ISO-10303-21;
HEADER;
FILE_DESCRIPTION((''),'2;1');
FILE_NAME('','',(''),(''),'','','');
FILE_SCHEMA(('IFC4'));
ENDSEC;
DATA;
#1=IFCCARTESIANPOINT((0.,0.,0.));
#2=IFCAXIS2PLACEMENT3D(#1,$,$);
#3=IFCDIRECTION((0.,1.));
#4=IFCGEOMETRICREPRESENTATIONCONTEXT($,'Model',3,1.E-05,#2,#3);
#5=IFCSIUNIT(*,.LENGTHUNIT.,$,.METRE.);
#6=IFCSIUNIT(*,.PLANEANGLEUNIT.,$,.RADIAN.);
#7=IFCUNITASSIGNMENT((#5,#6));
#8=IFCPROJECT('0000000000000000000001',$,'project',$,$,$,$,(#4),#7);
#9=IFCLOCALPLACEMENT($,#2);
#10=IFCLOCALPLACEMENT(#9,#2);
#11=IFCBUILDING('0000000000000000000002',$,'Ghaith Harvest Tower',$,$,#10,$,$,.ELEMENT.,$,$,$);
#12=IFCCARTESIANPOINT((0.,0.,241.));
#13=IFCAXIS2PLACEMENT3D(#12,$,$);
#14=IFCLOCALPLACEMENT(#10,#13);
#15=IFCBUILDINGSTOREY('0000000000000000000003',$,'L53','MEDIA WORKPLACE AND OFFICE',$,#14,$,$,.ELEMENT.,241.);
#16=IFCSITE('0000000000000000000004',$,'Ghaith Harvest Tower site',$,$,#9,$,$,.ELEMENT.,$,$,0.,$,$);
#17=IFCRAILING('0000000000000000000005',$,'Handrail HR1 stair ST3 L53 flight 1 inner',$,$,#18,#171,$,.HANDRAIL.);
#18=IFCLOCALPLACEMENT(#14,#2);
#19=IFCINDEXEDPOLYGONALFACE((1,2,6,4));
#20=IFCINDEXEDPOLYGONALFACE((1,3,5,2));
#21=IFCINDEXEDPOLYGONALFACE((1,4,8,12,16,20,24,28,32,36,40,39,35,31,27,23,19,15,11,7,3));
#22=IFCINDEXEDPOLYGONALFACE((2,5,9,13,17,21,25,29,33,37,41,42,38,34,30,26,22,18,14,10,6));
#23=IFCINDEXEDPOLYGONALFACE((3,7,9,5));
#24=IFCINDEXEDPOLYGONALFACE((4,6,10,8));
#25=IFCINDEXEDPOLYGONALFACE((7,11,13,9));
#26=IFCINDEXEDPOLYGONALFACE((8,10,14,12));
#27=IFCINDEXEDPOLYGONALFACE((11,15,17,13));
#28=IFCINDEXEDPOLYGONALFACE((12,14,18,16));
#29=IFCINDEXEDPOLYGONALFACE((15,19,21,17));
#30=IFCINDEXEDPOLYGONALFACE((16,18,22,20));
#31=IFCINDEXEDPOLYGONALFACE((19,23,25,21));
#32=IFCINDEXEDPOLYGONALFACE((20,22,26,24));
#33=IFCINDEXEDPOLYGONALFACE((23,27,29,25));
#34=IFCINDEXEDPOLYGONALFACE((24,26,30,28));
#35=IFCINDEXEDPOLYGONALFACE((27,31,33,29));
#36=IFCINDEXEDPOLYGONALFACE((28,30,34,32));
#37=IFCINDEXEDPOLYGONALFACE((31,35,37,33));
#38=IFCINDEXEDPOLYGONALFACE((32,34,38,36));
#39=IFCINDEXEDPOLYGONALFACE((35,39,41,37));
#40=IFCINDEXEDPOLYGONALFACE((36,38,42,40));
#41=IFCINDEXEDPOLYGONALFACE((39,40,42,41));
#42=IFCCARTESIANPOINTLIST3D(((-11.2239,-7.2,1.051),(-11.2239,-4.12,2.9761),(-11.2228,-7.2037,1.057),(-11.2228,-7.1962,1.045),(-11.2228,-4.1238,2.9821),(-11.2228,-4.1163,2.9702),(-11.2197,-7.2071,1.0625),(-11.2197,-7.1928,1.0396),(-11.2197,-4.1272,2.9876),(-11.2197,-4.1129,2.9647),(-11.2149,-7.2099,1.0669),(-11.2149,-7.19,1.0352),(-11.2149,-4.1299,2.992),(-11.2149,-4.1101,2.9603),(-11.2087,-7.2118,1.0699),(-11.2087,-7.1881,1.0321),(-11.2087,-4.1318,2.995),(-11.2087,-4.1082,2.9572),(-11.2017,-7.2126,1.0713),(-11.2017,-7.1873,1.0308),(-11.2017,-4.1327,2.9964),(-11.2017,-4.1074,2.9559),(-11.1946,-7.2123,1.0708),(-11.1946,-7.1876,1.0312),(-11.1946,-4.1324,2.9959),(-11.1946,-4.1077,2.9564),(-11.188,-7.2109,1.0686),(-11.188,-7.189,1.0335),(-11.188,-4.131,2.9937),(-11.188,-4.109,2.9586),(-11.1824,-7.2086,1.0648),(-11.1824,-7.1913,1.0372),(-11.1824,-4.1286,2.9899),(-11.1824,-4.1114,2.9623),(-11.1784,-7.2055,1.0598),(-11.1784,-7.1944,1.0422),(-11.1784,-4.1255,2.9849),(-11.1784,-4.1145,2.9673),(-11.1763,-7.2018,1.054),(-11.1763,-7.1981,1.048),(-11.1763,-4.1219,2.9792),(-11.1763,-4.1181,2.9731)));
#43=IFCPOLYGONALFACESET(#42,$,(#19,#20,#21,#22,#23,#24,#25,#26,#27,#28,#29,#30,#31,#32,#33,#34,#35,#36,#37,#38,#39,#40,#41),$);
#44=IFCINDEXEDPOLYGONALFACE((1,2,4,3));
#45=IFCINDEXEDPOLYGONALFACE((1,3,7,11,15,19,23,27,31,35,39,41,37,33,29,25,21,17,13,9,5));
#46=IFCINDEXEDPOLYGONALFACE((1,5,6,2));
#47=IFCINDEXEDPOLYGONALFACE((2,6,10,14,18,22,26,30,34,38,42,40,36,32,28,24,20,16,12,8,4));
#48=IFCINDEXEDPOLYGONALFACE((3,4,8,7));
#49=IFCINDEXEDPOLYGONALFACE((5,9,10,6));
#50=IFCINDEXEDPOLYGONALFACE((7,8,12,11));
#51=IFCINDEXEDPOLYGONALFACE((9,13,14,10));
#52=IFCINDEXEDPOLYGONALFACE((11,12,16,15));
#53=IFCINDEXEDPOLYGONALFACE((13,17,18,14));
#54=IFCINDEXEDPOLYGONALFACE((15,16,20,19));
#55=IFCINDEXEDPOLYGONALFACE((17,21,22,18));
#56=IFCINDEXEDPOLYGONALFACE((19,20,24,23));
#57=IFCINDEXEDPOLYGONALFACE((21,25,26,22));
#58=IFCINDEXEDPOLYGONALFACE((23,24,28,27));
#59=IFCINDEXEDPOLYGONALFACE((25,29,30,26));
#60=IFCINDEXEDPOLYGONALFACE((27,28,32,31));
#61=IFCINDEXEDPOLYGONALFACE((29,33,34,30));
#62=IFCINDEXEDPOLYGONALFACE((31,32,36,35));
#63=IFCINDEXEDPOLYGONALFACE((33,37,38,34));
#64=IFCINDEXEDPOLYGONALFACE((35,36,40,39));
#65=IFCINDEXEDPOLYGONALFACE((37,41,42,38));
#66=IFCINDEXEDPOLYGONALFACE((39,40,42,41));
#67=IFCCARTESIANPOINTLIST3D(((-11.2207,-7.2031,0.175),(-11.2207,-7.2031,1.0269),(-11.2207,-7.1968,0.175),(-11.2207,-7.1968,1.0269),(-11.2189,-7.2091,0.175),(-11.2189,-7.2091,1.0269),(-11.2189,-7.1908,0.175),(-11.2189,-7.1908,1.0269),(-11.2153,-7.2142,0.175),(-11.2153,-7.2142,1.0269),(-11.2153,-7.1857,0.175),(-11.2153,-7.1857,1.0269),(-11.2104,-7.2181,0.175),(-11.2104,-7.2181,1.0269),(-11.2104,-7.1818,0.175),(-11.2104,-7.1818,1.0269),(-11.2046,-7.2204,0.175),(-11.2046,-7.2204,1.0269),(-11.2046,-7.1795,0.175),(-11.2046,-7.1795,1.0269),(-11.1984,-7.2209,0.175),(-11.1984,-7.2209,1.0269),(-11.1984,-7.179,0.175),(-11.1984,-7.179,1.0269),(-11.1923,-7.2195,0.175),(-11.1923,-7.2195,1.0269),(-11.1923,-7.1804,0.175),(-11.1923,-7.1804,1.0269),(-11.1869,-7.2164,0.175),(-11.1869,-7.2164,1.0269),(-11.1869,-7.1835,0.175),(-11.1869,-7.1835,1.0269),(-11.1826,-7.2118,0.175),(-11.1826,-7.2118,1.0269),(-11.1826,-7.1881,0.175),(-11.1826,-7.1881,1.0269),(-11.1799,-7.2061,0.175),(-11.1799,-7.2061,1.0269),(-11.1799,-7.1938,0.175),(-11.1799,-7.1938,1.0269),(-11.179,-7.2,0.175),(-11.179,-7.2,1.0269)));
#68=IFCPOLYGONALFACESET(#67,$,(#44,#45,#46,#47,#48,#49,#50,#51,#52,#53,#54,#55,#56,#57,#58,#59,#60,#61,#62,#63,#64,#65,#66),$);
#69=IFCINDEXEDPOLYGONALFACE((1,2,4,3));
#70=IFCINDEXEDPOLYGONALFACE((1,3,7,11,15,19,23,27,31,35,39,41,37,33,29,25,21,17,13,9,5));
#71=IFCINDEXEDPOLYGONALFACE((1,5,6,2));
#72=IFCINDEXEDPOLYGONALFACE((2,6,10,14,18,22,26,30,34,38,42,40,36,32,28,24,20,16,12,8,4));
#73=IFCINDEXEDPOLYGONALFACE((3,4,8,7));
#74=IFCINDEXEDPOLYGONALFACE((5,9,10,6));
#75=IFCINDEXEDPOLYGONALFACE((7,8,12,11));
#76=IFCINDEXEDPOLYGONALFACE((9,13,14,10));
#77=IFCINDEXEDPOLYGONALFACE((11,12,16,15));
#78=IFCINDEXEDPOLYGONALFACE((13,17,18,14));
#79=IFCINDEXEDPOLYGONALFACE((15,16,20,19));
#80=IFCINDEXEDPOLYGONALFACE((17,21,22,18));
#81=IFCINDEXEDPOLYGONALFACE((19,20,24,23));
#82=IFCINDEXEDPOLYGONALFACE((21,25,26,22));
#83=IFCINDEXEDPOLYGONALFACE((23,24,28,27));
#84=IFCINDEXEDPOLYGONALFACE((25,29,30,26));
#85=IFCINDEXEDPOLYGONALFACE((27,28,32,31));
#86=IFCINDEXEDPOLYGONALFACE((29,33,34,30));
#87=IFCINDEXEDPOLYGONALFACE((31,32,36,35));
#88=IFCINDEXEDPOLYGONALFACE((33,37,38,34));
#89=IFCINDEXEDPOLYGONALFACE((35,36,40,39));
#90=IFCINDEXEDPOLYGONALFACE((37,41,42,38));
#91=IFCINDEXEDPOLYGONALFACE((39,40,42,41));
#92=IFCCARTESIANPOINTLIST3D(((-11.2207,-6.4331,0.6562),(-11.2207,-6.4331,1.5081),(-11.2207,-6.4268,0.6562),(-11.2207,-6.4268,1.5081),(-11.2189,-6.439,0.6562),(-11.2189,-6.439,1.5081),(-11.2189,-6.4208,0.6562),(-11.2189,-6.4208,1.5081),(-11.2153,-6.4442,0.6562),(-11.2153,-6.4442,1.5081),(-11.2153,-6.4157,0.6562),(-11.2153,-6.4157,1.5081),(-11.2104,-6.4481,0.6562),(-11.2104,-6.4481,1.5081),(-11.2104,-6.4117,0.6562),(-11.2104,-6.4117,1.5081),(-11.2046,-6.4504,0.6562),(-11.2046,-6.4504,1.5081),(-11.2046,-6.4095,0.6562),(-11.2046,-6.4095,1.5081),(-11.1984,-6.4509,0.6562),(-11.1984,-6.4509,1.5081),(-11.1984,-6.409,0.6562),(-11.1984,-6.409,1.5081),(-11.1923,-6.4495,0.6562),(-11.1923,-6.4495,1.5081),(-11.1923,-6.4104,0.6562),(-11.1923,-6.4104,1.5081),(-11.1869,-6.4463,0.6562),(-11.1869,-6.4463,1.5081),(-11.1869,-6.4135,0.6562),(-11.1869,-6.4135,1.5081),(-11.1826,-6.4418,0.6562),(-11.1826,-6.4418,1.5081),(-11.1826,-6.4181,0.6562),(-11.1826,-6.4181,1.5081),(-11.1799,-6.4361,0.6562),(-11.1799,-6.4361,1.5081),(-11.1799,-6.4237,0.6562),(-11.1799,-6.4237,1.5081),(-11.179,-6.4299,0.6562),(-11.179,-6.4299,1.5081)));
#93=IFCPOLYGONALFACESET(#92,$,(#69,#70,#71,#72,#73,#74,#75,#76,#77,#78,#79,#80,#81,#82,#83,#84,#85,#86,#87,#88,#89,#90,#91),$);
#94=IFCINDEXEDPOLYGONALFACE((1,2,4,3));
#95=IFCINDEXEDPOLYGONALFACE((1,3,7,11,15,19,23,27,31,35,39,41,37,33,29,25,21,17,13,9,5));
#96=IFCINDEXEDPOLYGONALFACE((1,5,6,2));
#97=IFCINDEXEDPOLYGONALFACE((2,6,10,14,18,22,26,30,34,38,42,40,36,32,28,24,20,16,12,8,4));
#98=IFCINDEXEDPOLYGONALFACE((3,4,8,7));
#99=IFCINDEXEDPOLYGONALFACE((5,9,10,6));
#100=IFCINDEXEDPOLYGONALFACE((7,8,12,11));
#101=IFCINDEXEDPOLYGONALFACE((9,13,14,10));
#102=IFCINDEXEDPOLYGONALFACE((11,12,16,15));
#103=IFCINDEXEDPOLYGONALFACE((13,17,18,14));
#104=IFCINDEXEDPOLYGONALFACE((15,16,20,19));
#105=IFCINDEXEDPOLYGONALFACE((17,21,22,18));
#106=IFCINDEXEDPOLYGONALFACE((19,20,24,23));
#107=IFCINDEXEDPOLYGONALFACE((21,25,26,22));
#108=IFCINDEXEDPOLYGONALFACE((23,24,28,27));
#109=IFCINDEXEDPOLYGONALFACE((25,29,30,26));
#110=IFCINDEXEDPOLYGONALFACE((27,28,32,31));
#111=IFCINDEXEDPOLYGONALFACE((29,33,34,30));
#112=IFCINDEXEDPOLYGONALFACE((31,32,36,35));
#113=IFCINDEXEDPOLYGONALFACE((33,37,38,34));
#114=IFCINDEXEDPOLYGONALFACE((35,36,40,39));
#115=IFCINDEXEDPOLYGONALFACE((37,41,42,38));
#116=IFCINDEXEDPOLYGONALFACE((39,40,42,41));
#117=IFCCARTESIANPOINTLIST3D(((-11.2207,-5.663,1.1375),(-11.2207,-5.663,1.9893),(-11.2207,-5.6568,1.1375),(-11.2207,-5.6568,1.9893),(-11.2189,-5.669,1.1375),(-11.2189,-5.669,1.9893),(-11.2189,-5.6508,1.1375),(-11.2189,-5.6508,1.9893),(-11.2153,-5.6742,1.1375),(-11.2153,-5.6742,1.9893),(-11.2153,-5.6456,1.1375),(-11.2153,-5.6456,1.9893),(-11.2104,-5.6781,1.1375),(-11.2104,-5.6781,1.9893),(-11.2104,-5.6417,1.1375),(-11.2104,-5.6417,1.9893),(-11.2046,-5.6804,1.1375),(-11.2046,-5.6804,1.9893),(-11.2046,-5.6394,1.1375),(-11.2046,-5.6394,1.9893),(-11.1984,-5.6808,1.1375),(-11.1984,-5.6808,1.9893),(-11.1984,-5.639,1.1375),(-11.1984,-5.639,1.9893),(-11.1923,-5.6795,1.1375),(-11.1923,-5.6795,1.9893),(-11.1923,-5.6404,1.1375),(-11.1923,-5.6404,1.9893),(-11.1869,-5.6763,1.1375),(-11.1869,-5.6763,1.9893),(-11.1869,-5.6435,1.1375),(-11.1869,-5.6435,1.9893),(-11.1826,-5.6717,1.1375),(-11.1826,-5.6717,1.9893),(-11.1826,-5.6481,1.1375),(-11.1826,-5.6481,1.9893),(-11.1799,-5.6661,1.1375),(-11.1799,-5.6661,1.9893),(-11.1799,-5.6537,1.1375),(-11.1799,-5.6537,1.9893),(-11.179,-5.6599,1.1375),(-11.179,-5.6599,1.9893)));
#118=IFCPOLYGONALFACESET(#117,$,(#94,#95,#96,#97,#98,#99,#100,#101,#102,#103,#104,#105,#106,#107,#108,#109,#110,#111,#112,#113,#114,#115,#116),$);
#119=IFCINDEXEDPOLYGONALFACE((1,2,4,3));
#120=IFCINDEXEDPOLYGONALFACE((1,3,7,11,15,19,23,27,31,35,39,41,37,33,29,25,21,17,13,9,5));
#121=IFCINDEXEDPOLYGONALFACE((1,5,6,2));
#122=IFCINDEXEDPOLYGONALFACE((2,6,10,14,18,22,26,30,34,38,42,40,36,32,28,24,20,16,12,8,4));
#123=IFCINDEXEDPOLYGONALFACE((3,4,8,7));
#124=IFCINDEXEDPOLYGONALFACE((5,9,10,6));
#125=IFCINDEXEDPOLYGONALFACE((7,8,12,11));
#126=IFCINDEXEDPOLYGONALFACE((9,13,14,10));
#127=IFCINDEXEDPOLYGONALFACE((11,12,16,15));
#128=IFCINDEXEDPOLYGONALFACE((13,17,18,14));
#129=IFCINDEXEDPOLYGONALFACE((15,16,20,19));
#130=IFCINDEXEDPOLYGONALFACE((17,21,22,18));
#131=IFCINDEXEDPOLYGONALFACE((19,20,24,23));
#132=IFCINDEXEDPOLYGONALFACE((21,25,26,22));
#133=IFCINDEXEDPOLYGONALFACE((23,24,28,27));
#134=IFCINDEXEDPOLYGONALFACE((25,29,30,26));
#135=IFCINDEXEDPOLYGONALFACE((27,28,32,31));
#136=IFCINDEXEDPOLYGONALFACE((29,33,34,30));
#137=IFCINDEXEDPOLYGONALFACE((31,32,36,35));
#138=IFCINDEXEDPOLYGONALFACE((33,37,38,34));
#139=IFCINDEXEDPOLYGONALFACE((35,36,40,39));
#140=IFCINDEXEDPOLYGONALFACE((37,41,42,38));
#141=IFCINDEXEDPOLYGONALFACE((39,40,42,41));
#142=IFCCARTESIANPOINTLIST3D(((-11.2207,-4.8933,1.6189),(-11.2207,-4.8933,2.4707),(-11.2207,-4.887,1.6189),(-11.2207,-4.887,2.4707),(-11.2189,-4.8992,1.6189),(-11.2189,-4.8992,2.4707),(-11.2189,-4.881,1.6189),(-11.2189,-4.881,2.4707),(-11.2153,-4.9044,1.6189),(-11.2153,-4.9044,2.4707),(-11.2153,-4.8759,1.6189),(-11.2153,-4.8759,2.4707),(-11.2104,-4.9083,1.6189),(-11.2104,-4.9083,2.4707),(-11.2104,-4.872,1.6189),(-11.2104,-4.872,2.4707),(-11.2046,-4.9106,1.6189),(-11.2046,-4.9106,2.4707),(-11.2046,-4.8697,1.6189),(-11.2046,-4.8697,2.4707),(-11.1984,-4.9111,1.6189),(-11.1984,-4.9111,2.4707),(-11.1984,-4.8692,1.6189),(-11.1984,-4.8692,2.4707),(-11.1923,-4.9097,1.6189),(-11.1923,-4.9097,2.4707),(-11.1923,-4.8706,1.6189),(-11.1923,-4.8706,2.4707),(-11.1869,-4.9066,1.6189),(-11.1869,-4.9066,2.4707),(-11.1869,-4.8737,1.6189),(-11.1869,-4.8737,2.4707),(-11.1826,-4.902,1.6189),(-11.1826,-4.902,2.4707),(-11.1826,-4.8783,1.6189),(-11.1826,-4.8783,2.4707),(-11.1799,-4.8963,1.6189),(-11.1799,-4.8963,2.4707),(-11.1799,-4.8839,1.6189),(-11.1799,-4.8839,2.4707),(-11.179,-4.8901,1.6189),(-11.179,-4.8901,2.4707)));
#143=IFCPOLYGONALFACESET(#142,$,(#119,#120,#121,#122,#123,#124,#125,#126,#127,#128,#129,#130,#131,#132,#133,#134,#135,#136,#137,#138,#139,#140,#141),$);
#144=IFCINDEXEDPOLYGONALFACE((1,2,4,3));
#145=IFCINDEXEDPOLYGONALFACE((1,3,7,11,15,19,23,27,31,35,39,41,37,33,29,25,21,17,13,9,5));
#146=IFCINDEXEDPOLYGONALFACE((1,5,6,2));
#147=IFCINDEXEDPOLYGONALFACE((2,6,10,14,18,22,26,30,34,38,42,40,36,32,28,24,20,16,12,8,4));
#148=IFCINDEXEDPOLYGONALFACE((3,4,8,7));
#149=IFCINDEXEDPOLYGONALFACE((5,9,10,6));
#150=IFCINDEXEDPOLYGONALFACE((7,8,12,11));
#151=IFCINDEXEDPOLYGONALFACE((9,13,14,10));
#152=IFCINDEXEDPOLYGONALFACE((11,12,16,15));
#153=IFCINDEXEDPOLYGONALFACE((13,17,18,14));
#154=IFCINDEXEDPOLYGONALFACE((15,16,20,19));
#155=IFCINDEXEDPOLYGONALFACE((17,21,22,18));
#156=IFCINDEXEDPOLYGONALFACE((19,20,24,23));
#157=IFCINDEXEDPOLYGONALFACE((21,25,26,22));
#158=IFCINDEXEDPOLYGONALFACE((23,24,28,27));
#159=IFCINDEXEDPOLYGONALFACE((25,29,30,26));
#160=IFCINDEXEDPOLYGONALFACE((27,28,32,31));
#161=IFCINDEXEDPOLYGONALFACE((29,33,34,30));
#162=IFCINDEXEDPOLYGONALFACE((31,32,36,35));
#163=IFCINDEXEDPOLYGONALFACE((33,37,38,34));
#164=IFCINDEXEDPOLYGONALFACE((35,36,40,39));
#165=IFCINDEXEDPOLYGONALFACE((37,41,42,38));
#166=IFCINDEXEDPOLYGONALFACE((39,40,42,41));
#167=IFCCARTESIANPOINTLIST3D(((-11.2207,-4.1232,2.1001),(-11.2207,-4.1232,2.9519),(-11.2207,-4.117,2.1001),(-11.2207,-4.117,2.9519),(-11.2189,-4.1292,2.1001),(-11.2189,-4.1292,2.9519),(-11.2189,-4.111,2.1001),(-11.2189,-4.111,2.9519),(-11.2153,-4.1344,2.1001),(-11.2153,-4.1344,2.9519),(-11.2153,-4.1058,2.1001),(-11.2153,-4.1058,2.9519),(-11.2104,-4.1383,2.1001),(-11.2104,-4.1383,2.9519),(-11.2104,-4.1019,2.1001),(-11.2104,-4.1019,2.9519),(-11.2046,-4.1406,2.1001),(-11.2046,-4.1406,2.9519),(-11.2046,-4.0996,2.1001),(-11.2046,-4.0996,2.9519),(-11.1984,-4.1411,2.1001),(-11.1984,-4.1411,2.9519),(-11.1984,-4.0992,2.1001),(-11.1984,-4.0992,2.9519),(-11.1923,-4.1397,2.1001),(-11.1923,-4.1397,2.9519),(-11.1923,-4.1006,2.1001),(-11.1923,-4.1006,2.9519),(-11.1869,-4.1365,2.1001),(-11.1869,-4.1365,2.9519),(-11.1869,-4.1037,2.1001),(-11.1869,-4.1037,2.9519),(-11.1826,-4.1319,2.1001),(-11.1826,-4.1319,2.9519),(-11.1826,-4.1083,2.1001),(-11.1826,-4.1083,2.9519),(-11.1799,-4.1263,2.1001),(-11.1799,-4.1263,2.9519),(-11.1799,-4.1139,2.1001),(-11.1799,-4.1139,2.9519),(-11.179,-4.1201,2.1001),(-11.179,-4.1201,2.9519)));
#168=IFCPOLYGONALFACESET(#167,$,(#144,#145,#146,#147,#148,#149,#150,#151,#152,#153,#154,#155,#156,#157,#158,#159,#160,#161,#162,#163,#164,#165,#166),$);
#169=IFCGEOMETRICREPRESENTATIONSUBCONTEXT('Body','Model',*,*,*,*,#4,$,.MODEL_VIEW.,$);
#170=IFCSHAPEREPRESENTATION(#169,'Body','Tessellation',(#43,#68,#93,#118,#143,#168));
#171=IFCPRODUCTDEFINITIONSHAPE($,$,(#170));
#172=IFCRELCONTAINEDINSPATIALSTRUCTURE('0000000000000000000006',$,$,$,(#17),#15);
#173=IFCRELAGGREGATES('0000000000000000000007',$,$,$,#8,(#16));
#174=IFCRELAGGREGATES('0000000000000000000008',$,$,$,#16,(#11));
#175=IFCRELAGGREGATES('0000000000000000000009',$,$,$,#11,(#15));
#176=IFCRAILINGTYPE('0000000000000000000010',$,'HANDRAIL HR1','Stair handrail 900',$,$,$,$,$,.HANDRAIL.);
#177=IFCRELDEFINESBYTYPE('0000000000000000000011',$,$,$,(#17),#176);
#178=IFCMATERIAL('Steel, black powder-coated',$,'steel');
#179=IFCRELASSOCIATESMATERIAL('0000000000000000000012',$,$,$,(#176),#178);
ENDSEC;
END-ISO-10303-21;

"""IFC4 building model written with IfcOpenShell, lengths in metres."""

from ifc_helpers import new_model, si_unit, direction, frame, origin, origin_2d, place, context, subcontext, project, spatial, circle, extrude, material, type_object, element, save


model = new_model("IFC4")

# Units and contexts
model_context = context("Model", 3, precision=1e-05, world=origin(), true_north=direction((0.0, 1.0)))
body_context = subcontext(model_context, "Body", "Model", "MODEL_VIEW")
ifc_project = project(units=[si_unit("LENGTHUNIT", "METRE"), si_unit("PLANEANGLEUNIT", "RADIAN")], contexts=[model_context])

# Site, building, storey
site_placement = place(None, origin())
site = spatial("IfcSite", under=ifc_project, at=site_placement, Name="Ghaith Harvest Tower site", CompositionType="ELEMENT", RefElevation=0.0)
building_placement = place(site_placement, origin())
building = spatial("IfcBuilding", under=site, at=building_placement, Name="Ghaith Harvest Tower", CompositionType="ELEMENT")
storey_placement = place(building_placement, frame((0.0, 0.0, 241.0)))
storey = spatial("IfcBuildingStorey", under=building, at=storey_placement, Name="L53", Description="MEDIA WORKPLACE AND OFFICE", CompositionType="ELEMENT", Elevation=241.0)

# Railing
ifc_material_1 = material(Name="Steel, black powder-coated", Category="steel")
railing_type = type_object("IfcRailingType", Name="HANDRAIL HR1", Description="Stair handrail 900", PredefinedType="HANDRAIL", material=ifc_material_1)
railing_1_placement = place(storey_placement, frame((-11.2, -7.2, 0.175)))
element("IfcRailing", 1, at=railing_1_placement, inside=storey, type_object=railing_type, Name="Handrail HR1 stair ST3 L53 flight 1 inner", PredefinedType="HANDRAIL", context=body_context, shape_type="SweptSolid", body=[
    extrude(circle(Radius=0.0239, at=origin_2d()), frame((0.0, 0.0, 0.876), z_axis=(0.0, 0.847979, 0.530029), x_axis=(-1.0, 0.0, 0.0)), (0.0, 0.0, 1.0), 3.6321),
    extrude(circle(Radius=0.021, at=origin_2d()), origin(), (0.0, 0.0, 1.0), 0.8518),
    extrude(circle(Radius=0.021, at=origin_2d()), frame((0.0, 0.77, 0.4812)), (0.0, 0.0, 1.0), 0.8518),
    extrude(circle(Radius=0.021, at=origin_2d()), frame((0.0, 1.54, 0.9624)), (0.0, 0.0, 1.0), 0.8518),
    extrude(circle(Radius=0.021, at=origin_2d()), frame((0.0, 2.3098, 1.4438)), (0.0, 0.0, 1.0), 0.8518),
    extrude(circle(Radius=0.021, at=origin_2d()), frame((0.0, 3.0798, 1.925)), (0.0, 0.0, 1.0), 0.8518),
])

save(model, "model.ifc")
